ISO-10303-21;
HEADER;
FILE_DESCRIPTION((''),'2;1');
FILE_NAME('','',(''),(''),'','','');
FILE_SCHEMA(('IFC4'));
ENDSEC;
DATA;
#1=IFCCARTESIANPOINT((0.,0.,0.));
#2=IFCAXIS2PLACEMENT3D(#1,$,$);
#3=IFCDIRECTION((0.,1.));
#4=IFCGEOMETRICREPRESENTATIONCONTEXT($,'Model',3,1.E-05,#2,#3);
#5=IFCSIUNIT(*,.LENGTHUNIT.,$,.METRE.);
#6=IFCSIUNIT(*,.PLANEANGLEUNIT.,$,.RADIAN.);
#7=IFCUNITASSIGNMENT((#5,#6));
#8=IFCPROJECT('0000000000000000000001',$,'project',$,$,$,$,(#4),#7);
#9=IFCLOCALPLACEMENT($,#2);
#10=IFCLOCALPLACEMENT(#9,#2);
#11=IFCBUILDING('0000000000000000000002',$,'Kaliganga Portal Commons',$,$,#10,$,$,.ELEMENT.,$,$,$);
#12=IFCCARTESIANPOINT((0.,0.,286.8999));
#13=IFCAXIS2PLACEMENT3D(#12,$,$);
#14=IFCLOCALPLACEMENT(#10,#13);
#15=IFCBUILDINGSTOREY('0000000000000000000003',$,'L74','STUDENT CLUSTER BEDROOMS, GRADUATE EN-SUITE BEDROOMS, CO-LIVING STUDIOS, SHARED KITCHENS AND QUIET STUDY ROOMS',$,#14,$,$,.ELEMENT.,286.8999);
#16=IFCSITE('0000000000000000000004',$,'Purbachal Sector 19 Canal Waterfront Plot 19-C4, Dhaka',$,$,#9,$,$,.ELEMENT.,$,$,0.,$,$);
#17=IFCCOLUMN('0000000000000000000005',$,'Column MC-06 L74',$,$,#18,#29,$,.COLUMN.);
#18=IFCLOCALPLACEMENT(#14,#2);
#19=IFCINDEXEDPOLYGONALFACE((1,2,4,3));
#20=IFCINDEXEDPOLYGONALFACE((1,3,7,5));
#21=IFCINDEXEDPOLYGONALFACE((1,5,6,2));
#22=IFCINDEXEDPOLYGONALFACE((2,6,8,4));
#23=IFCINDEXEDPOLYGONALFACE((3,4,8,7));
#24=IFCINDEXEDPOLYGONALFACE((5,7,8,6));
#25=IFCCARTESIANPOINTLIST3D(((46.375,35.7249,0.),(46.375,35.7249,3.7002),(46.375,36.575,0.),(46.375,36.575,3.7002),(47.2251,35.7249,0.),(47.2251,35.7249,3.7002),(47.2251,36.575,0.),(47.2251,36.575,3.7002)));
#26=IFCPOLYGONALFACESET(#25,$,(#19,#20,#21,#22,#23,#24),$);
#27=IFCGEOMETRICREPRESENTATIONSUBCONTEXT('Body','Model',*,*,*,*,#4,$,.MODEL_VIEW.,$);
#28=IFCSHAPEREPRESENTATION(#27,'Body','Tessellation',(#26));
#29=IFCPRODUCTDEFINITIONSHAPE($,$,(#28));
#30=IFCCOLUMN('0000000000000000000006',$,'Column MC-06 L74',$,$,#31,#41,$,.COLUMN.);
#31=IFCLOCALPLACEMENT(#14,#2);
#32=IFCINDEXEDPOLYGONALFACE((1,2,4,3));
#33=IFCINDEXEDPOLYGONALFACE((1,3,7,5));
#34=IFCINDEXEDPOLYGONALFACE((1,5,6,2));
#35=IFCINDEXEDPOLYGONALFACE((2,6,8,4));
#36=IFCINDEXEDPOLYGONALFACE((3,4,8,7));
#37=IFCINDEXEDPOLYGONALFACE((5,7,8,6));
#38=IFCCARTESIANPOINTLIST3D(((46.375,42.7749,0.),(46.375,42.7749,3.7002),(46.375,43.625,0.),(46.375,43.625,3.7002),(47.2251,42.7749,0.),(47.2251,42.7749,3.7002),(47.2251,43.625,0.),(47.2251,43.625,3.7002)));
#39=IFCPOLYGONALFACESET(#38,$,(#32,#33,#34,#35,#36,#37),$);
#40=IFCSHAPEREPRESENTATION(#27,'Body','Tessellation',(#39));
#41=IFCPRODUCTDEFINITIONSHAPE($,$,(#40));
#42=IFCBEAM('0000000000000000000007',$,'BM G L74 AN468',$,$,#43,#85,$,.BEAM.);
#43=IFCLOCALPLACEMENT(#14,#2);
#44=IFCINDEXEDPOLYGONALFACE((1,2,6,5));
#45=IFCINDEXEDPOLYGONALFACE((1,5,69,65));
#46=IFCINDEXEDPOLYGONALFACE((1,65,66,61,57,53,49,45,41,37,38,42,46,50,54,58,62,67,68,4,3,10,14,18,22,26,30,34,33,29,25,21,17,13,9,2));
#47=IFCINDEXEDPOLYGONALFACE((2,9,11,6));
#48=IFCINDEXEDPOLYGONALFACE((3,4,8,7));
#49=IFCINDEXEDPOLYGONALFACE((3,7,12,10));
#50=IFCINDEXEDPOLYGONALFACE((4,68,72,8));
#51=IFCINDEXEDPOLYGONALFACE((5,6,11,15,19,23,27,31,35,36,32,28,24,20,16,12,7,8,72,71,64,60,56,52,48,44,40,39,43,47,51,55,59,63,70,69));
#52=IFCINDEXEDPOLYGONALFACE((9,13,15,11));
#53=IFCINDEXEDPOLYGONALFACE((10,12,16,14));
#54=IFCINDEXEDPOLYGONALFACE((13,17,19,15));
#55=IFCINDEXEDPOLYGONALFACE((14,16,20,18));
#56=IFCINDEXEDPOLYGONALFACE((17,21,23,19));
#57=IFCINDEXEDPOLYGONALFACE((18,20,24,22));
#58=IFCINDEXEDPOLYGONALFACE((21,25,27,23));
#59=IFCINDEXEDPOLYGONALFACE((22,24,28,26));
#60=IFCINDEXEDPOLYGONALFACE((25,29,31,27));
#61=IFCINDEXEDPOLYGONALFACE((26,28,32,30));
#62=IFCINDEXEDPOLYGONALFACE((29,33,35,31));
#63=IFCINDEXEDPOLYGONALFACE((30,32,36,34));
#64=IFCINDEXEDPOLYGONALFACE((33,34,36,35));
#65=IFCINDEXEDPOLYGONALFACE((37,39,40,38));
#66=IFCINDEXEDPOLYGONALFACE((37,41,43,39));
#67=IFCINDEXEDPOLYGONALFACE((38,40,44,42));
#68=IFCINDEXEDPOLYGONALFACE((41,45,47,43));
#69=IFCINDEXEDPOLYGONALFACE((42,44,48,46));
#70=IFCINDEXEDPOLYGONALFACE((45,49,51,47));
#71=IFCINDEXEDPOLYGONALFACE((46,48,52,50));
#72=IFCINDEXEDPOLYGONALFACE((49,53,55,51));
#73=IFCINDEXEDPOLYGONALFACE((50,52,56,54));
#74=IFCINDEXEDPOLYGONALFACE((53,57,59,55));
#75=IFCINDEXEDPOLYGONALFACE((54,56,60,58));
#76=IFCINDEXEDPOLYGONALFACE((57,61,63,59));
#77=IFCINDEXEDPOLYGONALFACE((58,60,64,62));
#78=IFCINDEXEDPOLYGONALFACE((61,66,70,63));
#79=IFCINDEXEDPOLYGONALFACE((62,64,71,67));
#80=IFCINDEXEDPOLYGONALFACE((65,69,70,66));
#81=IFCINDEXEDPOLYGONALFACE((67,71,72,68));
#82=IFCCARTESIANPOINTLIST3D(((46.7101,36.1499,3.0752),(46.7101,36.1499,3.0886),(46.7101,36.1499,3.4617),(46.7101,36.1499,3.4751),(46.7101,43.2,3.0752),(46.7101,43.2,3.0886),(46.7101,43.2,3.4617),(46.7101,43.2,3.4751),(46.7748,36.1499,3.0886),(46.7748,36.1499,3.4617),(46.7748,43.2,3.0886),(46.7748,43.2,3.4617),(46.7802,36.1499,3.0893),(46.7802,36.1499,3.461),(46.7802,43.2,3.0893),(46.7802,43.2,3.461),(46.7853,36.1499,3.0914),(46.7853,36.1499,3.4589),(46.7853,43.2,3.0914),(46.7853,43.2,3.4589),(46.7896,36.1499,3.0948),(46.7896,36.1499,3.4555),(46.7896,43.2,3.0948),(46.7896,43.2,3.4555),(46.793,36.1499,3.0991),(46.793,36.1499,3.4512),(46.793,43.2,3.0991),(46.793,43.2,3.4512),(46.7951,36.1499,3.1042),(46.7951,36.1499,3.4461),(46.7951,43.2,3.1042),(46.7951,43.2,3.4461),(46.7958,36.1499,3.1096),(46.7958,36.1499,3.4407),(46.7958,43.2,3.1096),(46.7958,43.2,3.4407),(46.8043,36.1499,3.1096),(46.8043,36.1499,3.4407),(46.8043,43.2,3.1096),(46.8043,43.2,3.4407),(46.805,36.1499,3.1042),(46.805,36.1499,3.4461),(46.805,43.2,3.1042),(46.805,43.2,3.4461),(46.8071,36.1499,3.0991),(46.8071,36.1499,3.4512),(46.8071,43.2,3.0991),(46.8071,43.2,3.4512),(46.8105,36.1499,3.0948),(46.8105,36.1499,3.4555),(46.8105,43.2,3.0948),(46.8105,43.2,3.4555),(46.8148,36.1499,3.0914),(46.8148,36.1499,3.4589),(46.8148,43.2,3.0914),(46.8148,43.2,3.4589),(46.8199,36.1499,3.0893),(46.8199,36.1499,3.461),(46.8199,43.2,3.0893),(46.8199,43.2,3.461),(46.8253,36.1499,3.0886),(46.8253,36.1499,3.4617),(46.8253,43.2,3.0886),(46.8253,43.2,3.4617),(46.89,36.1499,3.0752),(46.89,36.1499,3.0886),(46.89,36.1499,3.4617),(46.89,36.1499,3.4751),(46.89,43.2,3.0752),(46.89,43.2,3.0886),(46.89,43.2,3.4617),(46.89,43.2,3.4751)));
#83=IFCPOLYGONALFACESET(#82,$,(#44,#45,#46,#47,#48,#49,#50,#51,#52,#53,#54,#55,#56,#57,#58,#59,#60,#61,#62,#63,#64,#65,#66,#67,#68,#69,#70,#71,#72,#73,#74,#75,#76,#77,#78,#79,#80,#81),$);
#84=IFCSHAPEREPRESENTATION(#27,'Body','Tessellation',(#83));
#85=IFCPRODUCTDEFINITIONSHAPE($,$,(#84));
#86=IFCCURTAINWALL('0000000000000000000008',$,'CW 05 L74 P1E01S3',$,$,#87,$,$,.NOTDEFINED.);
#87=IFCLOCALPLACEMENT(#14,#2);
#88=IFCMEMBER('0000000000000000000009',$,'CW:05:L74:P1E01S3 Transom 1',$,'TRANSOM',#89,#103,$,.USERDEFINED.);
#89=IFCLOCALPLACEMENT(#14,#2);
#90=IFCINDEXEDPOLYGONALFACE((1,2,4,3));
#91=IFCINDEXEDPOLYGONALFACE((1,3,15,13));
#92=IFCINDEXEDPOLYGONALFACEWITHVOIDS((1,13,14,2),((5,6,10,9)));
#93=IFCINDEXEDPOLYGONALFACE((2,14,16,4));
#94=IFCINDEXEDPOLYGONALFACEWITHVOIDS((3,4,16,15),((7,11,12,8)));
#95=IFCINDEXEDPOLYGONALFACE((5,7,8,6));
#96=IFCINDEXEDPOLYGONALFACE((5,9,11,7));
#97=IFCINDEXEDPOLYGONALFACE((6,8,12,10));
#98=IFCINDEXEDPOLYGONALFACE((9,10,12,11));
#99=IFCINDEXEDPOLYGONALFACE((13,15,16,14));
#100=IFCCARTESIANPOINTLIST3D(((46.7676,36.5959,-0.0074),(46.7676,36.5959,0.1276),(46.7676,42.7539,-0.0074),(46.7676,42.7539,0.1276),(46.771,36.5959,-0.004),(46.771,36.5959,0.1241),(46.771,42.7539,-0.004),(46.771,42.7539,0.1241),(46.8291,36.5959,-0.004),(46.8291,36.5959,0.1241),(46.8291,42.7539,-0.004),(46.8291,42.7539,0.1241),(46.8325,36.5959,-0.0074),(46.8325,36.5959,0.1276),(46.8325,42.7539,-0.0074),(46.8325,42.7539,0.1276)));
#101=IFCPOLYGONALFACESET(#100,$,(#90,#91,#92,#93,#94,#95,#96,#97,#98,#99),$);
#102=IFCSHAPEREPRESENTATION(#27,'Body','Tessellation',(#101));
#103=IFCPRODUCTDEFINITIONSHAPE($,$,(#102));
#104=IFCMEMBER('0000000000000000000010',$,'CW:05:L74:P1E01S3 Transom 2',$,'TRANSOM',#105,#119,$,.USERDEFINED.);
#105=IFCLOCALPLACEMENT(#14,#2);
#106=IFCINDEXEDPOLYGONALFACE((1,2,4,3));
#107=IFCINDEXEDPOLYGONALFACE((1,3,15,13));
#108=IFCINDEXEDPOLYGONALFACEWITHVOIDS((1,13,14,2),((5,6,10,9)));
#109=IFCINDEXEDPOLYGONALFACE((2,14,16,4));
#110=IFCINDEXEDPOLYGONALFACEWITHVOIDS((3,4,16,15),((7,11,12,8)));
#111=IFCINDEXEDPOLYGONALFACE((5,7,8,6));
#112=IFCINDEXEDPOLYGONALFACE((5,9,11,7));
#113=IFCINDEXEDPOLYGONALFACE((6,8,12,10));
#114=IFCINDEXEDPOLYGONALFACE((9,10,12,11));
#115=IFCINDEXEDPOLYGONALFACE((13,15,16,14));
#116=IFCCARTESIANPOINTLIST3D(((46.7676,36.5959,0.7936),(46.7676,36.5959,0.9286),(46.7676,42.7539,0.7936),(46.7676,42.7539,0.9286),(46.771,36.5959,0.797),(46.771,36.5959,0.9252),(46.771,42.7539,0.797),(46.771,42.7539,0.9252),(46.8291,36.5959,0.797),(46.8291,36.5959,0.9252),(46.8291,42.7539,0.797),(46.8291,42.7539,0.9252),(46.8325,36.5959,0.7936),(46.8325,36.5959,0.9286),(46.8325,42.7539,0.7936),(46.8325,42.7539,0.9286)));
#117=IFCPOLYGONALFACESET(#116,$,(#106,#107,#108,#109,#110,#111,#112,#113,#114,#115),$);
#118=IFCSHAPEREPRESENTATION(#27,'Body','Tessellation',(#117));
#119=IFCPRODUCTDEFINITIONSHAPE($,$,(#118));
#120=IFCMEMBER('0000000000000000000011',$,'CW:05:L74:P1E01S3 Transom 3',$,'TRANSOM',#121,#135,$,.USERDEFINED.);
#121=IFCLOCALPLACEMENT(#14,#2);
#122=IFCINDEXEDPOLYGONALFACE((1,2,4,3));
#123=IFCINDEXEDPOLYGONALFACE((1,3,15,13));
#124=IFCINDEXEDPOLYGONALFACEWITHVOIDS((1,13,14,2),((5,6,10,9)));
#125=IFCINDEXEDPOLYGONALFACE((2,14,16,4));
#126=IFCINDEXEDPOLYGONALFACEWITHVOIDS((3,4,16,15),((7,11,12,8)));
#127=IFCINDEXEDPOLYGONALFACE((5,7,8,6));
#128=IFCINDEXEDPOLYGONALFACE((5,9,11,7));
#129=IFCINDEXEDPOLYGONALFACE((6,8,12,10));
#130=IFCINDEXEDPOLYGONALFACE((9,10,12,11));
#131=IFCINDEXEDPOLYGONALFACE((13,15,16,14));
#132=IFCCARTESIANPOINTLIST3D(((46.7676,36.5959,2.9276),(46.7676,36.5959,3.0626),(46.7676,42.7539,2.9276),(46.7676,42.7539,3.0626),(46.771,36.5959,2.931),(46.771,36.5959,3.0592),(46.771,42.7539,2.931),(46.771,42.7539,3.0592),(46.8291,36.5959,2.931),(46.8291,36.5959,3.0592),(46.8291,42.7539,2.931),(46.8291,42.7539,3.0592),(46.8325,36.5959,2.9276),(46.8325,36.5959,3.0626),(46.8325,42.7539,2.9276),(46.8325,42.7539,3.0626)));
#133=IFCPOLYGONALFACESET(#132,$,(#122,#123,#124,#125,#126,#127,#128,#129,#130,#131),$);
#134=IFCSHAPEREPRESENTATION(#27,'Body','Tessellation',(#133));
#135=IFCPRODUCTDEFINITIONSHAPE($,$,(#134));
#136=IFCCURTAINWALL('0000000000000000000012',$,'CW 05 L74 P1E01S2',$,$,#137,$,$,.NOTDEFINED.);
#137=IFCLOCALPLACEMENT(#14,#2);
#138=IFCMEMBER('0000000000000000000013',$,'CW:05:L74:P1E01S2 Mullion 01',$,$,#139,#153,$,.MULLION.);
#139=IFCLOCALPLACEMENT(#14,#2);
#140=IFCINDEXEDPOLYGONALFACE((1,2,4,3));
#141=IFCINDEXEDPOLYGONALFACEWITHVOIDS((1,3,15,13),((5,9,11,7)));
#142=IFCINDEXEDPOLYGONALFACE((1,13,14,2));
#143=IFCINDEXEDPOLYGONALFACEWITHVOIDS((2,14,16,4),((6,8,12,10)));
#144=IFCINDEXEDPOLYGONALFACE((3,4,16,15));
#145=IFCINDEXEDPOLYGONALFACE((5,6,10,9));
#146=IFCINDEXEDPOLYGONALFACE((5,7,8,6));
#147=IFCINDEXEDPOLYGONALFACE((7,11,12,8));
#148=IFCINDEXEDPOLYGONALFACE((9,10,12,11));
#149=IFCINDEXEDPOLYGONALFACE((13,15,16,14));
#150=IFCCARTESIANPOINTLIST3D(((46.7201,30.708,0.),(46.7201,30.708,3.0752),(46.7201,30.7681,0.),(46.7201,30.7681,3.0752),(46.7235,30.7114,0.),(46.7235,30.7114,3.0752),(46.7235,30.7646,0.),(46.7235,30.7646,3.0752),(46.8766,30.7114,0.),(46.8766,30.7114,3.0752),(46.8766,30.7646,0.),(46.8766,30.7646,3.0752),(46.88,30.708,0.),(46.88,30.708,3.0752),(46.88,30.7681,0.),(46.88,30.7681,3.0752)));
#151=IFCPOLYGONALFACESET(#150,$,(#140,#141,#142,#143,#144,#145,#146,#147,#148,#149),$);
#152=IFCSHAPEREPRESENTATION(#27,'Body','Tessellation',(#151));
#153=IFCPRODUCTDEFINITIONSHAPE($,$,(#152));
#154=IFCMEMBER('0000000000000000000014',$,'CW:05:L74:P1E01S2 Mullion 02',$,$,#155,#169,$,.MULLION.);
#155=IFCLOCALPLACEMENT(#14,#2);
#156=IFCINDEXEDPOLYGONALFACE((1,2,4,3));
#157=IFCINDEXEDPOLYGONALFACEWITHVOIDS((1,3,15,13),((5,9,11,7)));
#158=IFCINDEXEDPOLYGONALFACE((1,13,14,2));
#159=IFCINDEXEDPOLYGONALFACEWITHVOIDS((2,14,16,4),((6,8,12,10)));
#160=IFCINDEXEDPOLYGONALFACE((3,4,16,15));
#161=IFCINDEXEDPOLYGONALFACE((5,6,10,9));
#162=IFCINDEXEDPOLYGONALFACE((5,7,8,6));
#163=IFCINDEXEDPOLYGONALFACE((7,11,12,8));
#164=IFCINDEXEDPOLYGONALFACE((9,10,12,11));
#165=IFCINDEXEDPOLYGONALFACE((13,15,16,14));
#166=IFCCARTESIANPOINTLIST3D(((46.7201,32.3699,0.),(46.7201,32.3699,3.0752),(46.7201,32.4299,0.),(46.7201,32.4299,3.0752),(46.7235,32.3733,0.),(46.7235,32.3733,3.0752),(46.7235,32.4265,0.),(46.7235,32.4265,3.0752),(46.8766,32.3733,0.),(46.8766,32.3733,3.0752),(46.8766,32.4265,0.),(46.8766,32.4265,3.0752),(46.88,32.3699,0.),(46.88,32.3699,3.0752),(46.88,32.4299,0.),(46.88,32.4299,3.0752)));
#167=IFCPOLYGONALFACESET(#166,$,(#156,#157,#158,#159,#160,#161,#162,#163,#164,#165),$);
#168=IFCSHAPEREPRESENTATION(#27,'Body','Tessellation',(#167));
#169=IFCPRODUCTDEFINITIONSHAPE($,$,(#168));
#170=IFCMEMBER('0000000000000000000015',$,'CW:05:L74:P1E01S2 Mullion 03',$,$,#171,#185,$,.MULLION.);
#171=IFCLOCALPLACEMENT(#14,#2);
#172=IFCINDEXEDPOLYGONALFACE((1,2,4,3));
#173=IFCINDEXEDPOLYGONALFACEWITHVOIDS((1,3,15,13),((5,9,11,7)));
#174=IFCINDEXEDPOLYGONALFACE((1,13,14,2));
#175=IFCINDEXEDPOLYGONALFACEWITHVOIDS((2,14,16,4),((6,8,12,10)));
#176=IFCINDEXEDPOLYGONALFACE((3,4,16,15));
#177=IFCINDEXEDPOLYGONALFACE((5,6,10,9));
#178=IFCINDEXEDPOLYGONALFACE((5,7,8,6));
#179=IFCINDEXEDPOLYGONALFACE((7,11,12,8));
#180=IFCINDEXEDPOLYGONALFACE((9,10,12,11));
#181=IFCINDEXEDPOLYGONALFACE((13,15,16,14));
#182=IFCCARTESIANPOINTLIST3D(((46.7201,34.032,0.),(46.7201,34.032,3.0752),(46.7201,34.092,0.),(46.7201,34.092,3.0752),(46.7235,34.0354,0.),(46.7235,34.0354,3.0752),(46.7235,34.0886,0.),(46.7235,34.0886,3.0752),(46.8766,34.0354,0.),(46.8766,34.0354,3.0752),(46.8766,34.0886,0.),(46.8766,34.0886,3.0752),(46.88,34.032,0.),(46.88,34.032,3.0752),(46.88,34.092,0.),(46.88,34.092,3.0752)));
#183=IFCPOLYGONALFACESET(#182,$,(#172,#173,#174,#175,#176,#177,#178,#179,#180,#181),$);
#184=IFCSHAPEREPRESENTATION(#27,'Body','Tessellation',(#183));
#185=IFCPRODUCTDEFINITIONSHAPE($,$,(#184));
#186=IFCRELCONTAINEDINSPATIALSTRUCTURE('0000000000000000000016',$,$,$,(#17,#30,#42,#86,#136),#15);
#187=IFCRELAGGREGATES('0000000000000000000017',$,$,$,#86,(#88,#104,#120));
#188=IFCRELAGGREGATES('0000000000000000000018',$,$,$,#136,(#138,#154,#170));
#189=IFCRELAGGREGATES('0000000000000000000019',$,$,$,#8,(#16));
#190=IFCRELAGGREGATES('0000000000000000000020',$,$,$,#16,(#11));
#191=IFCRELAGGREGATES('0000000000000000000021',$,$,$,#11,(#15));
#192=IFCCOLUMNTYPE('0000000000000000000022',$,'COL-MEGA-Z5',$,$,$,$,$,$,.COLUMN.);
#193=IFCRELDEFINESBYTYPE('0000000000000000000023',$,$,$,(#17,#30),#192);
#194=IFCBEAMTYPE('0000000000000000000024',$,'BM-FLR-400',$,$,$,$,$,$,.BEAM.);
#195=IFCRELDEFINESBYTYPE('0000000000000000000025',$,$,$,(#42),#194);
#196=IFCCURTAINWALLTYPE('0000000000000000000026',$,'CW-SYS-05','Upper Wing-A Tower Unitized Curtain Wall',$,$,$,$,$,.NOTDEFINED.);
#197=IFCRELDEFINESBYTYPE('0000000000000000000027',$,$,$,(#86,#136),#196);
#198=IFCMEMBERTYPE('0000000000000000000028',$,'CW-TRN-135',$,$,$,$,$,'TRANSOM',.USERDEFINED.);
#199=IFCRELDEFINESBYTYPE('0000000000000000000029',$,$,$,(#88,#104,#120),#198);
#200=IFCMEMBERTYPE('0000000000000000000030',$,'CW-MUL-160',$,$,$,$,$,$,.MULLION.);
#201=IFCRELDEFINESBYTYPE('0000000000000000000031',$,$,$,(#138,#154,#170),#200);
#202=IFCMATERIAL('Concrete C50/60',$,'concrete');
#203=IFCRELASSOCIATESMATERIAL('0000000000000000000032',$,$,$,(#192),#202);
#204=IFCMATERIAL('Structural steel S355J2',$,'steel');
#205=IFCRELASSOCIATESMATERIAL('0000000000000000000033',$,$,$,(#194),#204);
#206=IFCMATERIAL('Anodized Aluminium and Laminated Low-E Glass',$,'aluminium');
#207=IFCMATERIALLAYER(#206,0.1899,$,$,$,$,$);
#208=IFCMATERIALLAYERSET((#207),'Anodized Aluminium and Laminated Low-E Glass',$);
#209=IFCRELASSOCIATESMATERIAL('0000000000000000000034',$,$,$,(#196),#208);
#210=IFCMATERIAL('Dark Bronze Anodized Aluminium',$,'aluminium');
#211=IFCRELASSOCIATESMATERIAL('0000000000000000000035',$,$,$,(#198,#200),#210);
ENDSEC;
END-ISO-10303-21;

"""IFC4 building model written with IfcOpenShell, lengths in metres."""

from ifc_helpers import new_model, si_unit, direction, frame, origin, origin_2d, place, context, subcontext, project, spatial, rectangle, hollow_rectangle, i_section, extrude, source, transform, mapped, material, layer, layer_set, material_profile, profile_set, type_object, element, aggregate, save


model = new_model("IFC4")

# Units and contexts
model_context = context("Model", 3, precision=1e-05, world=origin(), true_north=direction((0.0, 1.0)))
body_context = subcontext(model_context, "Body", "Model", "MODEL_VIEW")
ifc_project = project(units=[si_unit("LENGTHUNIT", "METRE"), si_unit("PLANEANGLEUNIT", "RADIAN")], contexts=[model_context])

# Site, building, storey
site_placement = place(None, origin())
site = spatial("IfcSite", under=ifc_project, at=site_placement, Name="Purbachal Sector 19 Canal Waterfront Plot 19-C4, Dhaka", CompositionType="ELEMENT", RefElevation=0.0)
building_placement = place(site_placement, origin())
building = spatial("IfcBuilding", under=site, at=building_placement, Name="Kaliganga Portal Commons", CompositionType="ELEMENT")
storey_placement = place(building_placement, frame((0.0, 0.0, 286.8999)))
storey = spatial("IfcBuildingStorey", under=building, at=storey_placement, Name="L74", Description="STUDENT CLUSTER BEDROOMS, GRADUATE EN-SUITE BEDROOMS, CO-LIVING STUDIOS, SHARED KITCHENS AND QUIET STUDY ROOMS", CompositionType="ELEMENT", Elevation=286.8999)

# Columns
ifc_material_1 = material(Name="Concrete C50/60", Category="concrete")
ifc_material_profile_1 = material_profile(ifc_material_1, rectangle(XDim=0.8501, YDim=0.8501, at=origin_2d()), Name="RC 850x850")
ifc_profile_set_1 = profile_set([ifc_material_profile_1], Name="Concrete C50/60")
column_type = type_object("IfcColumnType", Name="COL-MEGA-Z5", PredefinedType="COLUMN", material=ifc_profile_set_1)
shared_shape_1 = source(origin(), body_context, "Body", "SweptSolid", [
    extrude(rectangle(XDim=0.8501, YDim=0.8501, at=origin_2d()), origin(), (0.0, 0.0, 1.0), 3.7002),
])
for number, where, z_axis, x_axis, name in (
    (1, (46.8, 36.1499, 0.0), (0.0, 0.0, 1.0), (1.0, 0.0, 0.0), "Column MC-06 L74"),
    (2, (46.8, 43.2, 0.0), (0.0, 0.0, 1.0), (1.0, 0.0, 0.0), "Column MC-06 L74"),
):
    element("IfcColumn", number, at=place(storey_placement, frame(where, z_axis=z_axis, x_axis=x_axis)), inside=storey, type_object=column_type, Name=name, PredefinedType="COLUMN", context=body_context, shape_type="MappedRepresentation", body=[
        mapped(shared_shape_1, transform((0.0, 0.0, 0.0), x_axis=(1.0, 0.0, 0.0), y_axis=(0.0, 1.0, 0.0), z_axis=(0.0, 0.0, 1.0), scale=1.0)),
    ])

# Beam
ifc_material_2 = material(Name="Structural steel S355J2", Category="steel")
ifc_material_profile_2 = material_profile(ifc_material_2, i_section(OverallWidth=0.1799, OverallDepth=0.3999, WebThickness=0.0085, FlangeThickness=0.0134, FilletRadius=0.021, at=origin_2d()), Name="IPE 400")
ifc_profile_set_2 = profile_set([ifc_material_profile_2], Name="Structural steel S355J2 wide-flange")
beam_type = type_object("IfcBeamType", Name="BM-FLR-400", PredefinedType="BEAM", material=ifc_profile_set_2)
shared_shape_2 = source(origin(), body_context, "Body", "SweptSolid", [
    extrude(i_section(OverallWidth=0.1799, OverallDepth=0.3999, WebThickness=0.0085, FlangeThickness=0.0134, FilletRadius=0.021, at=origin_2d()), origin(), (0.0, 0.0, 1.0), 7.05),
])
beam_placement = place(storey_placement, frame((46.8, 36.1499, 3.2751), z_axis=(0.0, 1.0, 0.0), x_axis=(-1.0, 0.0, 0.0)))
element("IfcBeam", 3, at=beam_placement, inside=storey, type_object=beam_type, Name="BM G L74 AN468", PredefinedType="BEAM", context=body_context, shape_type="MappedRepresentation", body=[
    mapped(shared_shape_2, transform((0.0, 0.0, 0.0), x_axis=(1.0, 0.0, 0.0), y_axis=(0.0, 1.0, 0.0), z_axis=(0.0, 0.0, 1.0), scale=1.0)),
])

# Curtain walls, members
ifc_material_3 = material(Name="Anodized Aluminium and Laminated Low-E Glass", Category="aluminium")
ifc_layer_1 = layer(ifc_material_3, 0.1899)
ifc_layer_set_1 = layer_set([ifc_layer_1], Name="Anodized Aluminium and Laminated Low-E Glass")
curtain_wall_type = type_object("IfcCurtainWallType", Name="CW-SYS-05", Description="Upper Wing-A Tower Unitized Curtain Wall", PredefinedType="NOTDEFINED", material=ifc_layer_set_1)
curtain_wall_1_placement = place(storey_placement, origin())
curtain_wall_1 = element("IfcCurtainWall", 4, at=curtain_wall_1_placement, inside=storey, type_object=curtain_wall_type, Name="CW 05 L74 P1E01S3", PredefinedType="NOTDEFINED")
ifc_material_4 = material(Name="Dark Bronze Anodized Aluminium", Category="aluminium")
ifc_material_profile_3 = material_profile(ifc_material_4, hollow_rectangle(XDim=0.0649, YDim=0.135, WallThickness=0.0034, at=origin_2d()), Name="ALU TRAN 65x135x3.5")
ifc_profile_set_3 = profile_set([ifc_material_profile_3], Name="Dark Bronze Anodized Aluminium")
member_type_1 = type_object("IfcMemberType", Name="CW-TRN-135", ElementType="TRANSOM", PredefinedType="USERDEFINED", material=ifc_profile_set_3)
shared_shape_3 = source(origin(), body_context, "Body", "SweptSolid", [
    extrude(hollow_rectangle(XDim=0.0649, YDim=0.135, WallThickness=0.0034, at=origin_2d()), origin(), (0.0, 0.0, 1.0), 6.158),
])
member_1_placement = place(storey_placement, frame((46.8, 36.5959, 0.0601), z_axis=(0.0, 1.0, 0.0), x_axis=(-1.0, 0.0, 0.0)))
member_1 = element("IfcMember", 5, at=member_1_placement, type_object=member_type_1, Name="CW:05:L74:P1E01S3 Transom 1", ObjectType="TRANSOM", PredefinedType="USERDEFINED", context=body_context, shape_type="MappedRepresentation", body=[
    mapped(shared_shape_3, transform((0.0, 0.0, 0.0), x_axis=(1.0, 0.0, 0.0), y_axis=(0.0, 1.0, 0.0), z_axis=(0.0, 0.0, 1.0), scale=1.0)),
])
member_2_placement = place(storey_placement, frame((46.8, 36.5959, 0.8611), z_axis=(0.0, 1.0, 0.0), x_axis=(-1.0, 0.0, 0.0)))
member_2 = element("IfcMember", 6, at=member_2_placement, type_object=member_type_1, Name="CW:05:L74:P1E01S3 Transom 2", ObjectType="TRANSOM", PredefinedType="USERDEFINED", context=body_context, shape_type="MappedRepresentation", body=[
    mapped(shared_shape_3, transform((0.0, 0.0, 0.0), x_axis=(1.0, 0.0, 0.0), y_axis=(0.0, 1.0, 0.0), z_axis=(0.0, 0.0, 1.0), scale=1.0)),
])
member_3_placement = place(storey_placement, frame((46.8, 36.5959, 2.9951), z_axis=(0.0, 1.0, 0.0), x_axis=(-1.0, 0.0, 0.0)))
member_3 = element("IfcMember", 7, at=member_3_placement, type_object=member_type_1, Name="CW:05:L74:P1E01S3 Transom 3", ObjectType="TRANSOM", PredefinedType="USERDEFINED", context=body_context, shape_type="MappedRepresentation", body=[
    mapped(shared_shape_3, transform((0.0, 0.0, 0.0), x_axis=(1.0, 0.0, 0.0), y_axis=(0.0, 1.0, 0.0), z_axis=(0.0, 0.0, 1.0), scale=1.0)),
])
curtain_wall_2_placement = place(storey_placement, origin())
curtain_wall_2 = element("IfcCurtainWall", 8, at=curtain_wall_2_placement, inside=storey, type_object=curtain_wall_type, Name="CW 05 L74 P1E01S2", PredefinedType="NOTDEFINED")
ifc_material_profile_4 = material_profile(ifc_material_4, hollow_rectangle(XDim=0.0601, YDim=0.1599, WallThickness=0.0034, at=origin_2d()), Name="ALU MULL 60x160x3.5")
ifc_profile_set_4 = profile_set([ifc_material_profile_4], Name="Dark Bronze Anodized Aluminium")
member_type_2 = type_object("IfcMemberType", Name="CW-MUL-160", PredefinedType="MULLION", material=ifc_profile_set_4)
shared_shape_4 = source(origin(), body_context, "Body", "SweptSolid", [
    extrude(hollow_rectangle(XDim=0.0601, YDim=0.1599, WallThickness=0.0034, at=origin_2d()), origin(), (0.0, 0.0, 1.0), 3.0752),
])
member_4_placement = place(storey_placement, frame((46.8, 30.738, 0.0), z_axis=(0.0, 0.0, 1.0), x_axis=(0.0, 1.0, 0.0)))
member_4 = element("IfcMember", 9, at=member_4_placement, type_object=member_type_2, Name="CW:05:L74:P1E01S2 Mullion 01", PredefinedType="MULLION", context=body_context, shape_type="MappedRepresentation", body=[
    mapped(shared_shape_4, transform((0.0, 0.0, 0.0), x_axis=(1.0, 0.0, 0.0), y_axis=(0.0, 1.0, 0.0), z_axis=(0.0, 0.0, 1.0), scale=1.0)),
])
member_5_placement = place(storey_placement, frame((46.8, 32.3999, 0.0), z_axis=(0.0, 0.0, 1.0), x_axis=(0.0, 1.0, 0.0)))
member_5 = element("IfcMember", 10, at=member_5_placement, type_object=member_type_2, Name="CW:05:L74:P1E01S2 Mullion 02", PredefinedType="MULLION", context=body_context, shape_type="MappedRepresentation", body=[
    mapped(shared_shape_4, transform((0.0, 0.0, 0.0), x_axis=(1.0, 0.0, 0.0), y_axis=(0.0, 1.0, 0.0), z_axis=(0.0, 0.0, 1.0), scale=1.0)),
])
member_6_placement = place(storey_placement, frame((46.8, 34.062, 0.0), z_axis=(0.0, 0.0, 1.0), x_axis=(0.0, 1.0, 0.0)))
member_6 = element("IfcMember", 11, at=member_6_placement, type_object=member_type_2, Name="CW:05:L74:P1E01S2 Mullion 03", PredefinedType="MULLION", context=body_context, shape_type="MappedRepresentation", body=[
    mapped(shared_shape_4, transform((0.0, 0.0, 0.0), x_axis=(1.0, 0.0, 0.0), y_axis=(0.0, 1.0, 0.0), z_axis=(0.0, 0.0, 1.0), scale=1.0)),
])

aggregate(curtain_wall_1, [member_1, member_2, member_3])
aggregate(curtain_wall_2, [member_4, member_5, member_6])

save(model, "model.ifc")
